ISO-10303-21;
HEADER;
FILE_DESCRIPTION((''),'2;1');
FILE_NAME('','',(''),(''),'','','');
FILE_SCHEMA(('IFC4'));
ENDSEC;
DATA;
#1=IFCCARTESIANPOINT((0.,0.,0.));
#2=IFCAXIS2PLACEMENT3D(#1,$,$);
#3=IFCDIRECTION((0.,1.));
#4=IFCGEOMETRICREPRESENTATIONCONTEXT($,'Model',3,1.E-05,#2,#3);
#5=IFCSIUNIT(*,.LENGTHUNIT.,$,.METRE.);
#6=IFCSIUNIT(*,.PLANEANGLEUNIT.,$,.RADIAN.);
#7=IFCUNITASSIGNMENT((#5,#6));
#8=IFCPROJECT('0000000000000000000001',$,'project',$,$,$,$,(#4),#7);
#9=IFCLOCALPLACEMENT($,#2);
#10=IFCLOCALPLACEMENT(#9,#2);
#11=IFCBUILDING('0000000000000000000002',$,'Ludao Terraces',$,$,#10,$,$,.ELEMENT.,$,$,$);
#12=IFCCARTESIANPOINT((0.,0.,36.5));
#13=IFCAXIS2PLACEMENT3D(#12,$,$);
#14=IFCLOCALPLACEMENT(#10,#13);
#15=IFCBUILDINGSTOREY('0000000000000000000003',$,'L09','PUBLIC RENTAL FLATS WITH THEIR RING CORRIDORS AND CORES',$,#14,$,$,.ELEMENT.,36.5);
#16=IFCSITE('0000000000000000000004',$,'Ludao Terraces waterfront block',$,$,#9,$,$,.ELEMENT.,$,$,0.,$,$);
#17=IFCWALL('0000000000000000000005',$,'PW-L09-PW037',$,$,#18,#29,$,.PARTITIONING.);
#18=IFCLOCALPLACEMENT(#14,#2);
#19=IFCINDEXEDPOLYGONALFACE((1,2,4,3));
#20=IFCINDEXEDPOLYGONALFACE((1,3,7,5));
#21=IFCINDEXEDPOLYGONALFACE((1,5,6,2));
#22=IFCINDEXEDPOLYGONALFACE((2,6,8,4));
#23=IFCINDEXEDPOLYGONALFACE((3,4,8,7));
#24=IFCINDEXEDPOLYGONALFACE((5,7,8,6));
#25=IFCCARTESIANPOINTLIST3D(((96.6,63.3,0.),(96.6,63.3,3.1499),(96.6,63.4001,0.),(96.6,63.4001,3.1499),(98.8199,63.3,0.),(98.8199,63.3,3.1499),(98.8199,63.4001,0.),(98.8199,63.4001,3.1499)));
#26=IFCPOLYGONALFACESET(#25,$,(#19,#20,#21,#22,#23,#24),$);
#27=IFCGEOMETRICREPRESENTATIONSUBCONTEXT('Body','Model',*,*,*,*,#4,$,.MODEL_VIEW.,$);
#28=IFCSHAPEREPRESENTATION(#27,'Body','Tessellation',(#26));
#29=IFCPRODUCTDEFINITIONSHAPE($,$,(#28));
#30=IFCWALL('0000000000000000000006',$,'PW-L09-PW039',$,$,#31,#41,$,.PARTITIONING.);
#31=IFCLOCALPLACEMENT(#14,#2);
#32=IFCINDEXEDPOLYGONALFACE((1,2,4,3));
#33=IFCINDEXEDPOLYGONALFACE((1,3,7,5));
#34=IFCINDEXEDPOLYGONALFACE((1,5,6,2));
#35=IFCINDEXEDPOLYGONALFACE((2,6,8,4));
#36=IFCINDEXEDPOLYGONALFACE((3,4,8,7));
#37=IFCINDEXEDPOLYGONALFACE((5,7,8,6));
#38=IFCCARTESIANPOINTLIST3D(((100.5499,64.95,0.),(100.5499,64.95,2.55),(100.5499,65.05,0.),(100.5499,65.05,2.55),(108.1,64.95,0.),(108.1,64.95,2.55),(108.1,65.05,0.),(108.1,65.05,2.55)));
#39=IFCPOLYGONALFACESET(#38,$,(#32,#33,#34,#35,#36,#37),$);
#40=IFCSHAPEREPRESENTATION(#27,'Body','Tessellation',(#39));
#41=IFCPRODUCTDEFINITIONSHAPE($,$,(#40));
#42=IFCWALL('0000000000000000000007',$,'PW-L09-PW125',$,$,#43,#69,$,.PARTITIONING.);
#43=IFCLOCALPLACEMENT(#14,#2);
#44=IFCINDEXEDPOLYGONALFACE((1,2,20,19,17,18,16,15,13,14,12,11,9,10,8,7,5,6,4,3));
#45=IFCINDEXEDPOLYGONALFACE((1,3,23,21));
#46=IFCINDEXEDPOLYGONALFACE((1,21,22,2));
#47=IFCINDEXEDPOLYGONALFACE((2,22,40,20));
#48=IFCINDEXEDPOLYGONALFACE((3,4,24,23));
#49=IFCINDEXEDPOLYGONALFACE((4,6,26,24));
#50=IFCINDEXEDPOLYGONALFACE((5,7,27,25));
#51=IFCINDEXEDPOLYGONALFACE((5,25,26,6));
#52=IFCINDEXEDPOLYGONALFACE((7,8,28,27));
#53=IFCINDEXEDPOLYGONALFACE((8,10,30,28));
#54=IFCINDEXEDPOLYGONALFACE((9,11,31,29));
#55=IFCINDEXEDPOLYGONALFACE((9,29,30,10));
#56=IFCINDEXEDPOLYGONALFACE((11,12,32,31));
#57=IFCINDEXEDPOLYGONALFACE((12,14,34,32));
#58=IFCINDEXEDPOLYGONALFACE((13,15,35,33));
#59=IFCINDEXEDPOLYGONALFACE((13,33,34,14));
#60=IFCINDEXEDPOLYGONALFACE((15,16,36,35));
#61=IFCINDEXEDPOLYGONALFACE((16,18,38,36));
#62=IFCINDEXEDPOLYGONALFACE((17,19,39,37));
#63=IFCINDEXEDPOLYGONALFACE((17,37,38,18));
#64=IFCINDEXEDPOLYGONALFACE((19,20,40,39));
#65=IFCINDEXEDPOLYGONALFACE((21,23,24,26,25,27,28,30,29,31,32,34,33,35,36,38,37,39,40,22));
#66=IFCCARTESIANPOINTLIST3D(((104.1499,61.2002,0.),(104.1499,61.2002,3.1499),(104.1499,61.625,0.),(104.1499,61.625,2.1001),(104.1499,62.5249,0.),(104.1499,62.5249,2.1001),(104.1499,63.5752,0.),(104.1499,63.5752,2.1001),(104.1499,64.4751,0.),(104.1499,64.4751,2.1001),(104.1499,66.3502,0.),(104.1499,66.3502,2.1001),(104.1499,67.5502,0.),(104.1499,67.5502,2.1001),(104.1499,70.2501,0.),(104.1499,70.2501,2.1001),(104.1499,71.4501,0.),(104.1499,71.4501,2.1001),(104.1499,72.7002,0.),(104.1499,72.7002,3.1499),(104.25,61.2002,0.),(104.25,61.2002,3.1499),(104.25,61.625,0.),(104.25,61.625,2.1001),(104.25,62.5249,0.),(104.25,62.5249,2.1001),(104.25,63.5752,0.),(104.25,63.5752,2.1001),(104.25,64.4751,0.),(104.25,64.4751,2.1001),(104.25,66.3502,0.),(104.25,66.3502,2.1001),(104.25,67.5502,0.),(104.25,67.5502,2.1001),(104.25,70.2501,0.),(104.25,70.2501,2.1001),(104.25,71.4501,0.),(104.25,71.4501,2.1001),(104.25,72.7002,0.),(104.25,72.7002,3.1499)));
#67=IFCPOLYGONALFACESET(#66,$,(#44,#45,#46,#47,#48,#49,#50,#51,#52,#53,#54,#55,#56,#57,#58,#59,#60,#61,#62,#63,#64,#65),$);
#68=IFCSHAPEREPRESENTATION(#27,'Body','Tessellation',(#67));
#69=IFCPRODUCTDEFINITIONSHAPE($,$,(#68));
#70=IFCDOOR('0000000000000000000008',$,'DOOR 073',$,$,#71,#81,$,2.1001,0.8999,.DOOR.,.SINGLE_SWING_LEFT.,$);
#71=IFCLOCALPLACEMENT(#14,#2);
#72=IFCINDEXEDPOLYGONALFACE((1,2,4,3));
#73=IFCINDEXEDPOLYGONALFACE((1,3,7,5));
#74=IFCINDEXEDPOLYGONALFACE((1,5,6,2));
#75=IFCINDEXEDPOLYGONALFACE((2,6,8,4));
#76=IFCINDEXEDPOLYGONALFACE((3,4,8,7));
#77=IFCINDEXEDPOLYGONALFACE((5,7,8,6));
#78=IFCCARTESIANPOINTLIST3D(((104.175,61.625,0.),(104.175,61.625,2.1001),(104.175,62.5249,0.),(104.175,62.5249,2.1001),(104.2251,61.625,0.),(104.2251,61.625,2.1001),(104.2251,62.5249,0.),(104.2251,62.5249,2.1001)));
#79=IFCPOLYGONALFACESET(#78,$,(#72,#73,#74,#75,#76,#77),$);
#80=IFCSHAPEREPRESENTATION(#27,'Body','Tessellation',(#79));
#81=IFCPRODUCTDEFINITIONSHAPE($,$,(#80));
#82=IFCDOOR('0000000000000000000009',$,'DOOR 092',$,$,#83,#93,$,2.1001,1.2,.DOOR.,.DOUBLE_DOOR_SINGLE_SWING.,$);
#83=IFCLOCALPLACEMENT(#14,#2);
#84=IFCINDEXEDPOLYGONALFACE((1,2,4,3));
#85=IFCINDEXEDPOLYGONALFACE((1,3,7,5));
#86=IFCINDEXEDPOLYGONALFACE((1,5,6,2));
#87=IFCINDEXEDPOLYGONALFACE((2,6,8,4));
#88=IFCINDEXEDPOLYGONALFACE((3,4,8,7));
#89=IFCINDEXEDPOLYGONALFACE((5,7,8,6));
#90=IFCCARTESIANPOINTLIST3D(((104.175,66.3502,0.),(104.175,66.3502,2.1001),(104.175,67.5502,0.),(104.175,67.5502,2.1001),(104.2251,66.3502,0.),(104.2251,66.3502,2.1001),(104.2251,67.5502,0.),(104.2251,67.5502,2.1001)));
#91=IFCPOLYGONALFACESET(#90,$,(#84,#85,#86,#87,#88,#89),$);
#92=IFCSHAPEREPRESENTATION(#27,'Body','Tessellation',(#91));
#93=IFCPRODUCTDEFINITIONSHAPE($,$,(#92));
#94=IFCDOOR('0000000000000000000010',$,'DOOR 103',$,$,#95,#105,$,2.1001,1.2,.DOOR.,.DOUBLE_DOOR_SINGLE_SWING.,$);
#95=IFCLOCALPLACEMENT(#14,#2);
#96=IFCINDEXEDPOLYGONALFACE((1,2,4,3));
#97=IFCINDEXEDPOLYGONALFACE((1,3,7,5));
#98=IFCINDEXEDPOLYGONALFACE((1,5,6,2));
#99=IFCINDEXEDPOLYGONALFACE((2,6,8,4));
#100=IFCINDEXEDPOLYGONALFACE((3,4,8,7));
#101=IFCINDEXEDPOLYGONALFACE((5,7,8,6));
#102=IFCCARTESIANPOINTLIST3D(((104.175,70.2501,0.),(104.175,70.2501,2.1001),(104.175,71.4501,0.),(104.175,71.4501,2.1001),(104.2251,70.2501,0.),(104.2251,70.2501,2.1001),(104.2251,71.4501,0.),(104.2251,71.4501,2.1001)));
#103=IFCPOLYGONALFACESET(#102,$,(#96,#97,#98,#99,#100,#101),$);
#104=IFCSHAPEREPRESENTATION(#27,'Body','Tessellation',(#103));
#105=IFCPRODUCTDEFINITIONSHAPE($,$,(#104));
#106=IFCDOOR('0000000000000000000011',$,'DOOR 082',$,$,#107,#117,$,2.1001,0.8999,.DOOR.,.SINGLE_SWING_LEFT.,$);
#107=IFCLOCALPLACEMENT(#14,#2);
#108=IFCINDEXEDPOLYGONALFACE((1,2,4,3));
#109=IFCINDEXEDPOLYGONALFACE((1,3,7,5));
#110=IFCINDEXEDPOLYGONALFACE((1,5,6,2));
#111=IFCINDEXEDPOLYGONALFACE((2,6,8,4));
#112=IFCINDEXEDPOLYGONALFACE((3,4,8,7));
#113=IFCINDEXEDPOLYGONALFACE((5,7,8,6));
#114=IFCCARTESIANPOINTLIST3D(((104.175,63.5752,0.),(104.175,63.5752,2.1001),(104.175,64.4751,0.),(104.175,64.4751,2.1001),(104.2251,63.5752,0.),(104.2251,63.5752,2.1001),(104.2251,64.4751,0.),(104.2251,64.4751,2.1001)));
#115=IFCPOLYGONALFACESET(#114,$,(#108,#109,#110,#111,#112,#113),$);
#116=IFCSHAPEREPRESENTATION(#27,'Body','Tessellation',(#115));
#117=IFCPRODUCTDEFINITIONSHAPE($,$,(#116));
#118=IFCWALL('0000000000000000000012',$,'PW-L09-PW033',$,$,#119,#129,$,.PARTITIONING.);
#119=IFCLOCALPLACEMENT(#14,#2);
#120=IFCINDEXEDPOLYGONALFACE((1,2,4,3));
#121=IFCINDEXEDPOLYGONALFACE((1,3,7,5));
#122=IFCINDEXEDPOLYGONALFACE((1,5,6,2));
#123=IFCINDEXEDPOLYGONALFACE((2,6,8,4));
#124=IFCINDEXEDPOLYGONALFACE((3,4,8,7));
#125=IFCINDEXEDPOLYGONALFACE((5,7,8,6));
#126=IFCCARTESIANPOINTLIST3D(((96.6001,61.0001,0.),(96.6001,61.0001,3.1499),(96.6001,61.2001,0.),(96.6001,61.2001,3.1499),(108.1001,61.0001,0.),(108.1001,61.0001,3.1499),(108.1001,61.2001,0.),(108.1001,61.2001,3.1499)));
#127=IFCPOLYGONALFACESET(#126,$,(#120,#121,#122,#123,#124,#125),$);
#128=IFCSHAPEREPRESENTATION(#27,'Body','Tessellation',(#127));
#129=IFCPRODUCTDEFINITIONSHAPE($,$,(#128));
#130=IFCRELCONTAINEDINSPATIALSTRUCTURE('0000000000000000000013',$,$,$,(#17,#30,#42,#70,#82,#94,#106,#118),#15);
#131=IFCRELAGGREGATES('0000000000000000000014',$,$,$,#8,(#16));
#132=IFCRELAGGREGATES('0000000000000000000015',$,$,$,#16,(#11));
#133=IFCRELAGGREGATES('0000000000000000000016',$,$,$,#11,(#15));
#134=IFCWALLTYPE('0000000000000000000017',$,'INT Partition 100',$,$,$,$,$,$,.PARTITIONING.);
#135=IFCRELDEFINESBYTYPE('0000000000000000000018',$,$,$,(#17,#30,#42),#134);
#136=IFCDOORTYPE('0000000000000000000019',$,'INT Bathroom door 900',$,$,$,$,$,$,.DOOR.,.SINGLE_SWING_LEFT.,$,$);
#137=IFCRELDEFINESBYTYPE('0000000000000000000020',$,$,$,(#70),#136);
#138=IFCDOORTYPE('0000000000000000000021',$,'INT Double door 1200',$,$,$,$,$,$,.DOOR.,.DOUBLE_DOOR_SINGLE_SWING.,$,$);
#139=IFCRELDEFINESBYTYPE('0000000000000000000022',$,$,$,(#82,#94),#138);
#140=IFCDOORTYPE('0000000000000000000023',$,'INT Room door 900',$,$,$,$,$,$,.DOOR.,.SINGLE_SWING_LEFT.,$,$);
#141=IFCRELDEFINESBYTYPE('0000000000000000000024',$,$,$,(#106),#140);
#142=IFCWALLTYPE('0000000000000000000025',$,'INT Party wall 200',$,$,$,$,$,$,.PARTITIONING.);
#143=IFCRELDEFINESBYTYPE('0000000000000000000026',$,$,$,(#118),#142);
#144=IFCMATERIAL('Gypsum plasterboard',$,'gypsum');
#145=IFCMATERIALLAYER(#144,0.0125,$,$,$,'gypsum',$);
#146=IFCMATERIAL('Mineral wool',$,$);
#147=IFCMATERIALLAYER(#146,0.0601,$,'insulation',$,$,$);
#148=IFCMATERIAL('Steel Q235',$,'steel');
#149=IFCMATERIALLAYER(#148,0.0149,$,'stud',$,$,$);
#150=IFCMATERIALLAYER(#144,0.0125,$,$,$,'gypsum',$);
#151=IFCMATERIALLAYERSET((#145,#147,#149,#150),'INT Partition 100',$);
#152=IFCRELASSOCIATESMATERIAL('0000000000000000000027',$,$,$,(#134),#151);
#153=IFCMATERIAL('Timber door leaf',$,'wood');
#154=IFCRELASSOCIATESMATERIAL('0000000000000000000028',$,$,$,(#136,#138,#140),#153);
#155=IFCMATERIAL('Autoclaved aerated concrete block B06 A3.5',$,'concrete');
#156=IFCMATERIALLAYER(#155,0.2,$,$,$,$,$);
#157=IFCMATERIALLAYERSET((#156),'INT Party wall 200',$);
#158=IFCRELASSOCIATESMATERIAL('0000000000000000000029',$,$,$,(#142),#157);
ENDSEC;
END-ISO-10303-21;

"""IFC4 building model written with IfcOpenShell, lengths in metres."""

from ifc_helpers import new_model, si_unit, direction, frame, frame_2d, origin, place, context, subcontext, project, spatial, rectangle, extrude, material, layer, layer_set, type_object, element, fill, save


model = new_model("IFC4")

# Units and contexts
model_context = context("Model", 3, precision=1e-05, world=origin(), true_north=direction((0.0, 1.0)))
body_context = subcontext(model_context, "Body", "Model", "MODEL_VIEW")
ifc_project = project(units=[si_unit("LENGTHUNIT", "METRE"), si_unit("PLANEANGLEUNIT", "RADIAN")], contexts=[model_context])

# Site, building, storey
site_placement = place(None, origin())
site = spatial("IfcSite", under=ifc_project, at=site_placement, Name="Ludao Terraces waterfront block", CompositionType="ELEMENT", RefElevation=0.0)
building_placement = place(site_placement, origin())
building = spatial("IfcBuilding", under=site, at=building_placement, Name="Ludao Terraces", CompositionType="ELEMENT")
storey_placement = place(building_placement, frame((0.0, 0.0, 36.5)))
storey = spatial("IfcBuildingStorey", under=building, at=storey_placement, Name="L09", Description="PUBLIC RENTAL FLATS WITH THEIR RING CORRIDORS AND CORES", CompositionType="ELEMENT", Elevation=36.5)

# Shared definitions
ifc_material_1 = material(Name="Mineral wool")

# Walls
ifc_material_2 = material(Name="Gypsum plasterboard", Category="gypsum")
ifc_layer_1 = layer(ifc_material_2, 0.0125, Category="gypsum")
ifc_layer_2 = layer(ifc_material_1, 0.0601, Name="insulation")
ifc_material_3 = material(Name="Steel Q235", Category="steel")
ifc_layer_3 = layer(ifc_material_3, 0.0149, Name="stud")
ifc_layer_4 = layer(ifc_material_2, 0.0125, Category="gypsum")
ifc_layer_set_1 = layer_set([ifc_layer_1, ifc_layer_2, ifc_layer_3, ifc_layer_4], Name="INT Partition 100")
wall_type_1 = type_object("IfcWallType", Name="INT Partition 100", PredefinedType="PARTITIONING", material=ifc_layer_set_1)
wall_1_placement = place(storey_placement, frame((96.6001, 63.3501, 0.0), z_axis=(0.0, 0.0, 1.0), x_axis=(1.0, 0.0, 0.0)))
element("IfcWall", 1, at=wall_1_placement, inside=storey, type_object=wall_type_1, Name="PW-L09-PW037", PredefinedType="PARTITIONING", context=body_context, shape_type="SweptSolid", body=[
    extrude(rectangle(XDim=2.22, YDim=0.1001, at=frame_2d((1.1099, 0.0))), origin(), (0.0, 0.0, 1.0), 3.1499),
])
wall_2_placement = place(storey_placement, frame((100.55, 65.0, 0.0), z_axis=(0.0, 0.0, 1.0), x_axis=(1.0, 0.0, 0.0)))
element("IfcWall", 2, at=wall_2_placement, inside=storey, type_object=wall_type_1, Name="PW-L09-PW039", PredefinedType="PARTITIONING", context=body_context, shape_type="SweptSolid", body=[
    extrude(rectangle(XDim=7.55, YDim=0.1001, at=frame_2d((3.7749, 0.0))), origin(), (0.0, 0.0, 1.0), 2.55),
])

# Wall, openings, doors
wall_3_placement = place(storey_placement, frame((104.2, 61.2002, 0.0), z_axis=(0.0, 0.0, 1.0), x_axis=(0.0, 1.0, 0.0)))
wall_3 = element("IfcWall", 3, at=wall_3_placement, inside=storey, type_object=wall_type_1, Name="PW-L09-PW125", PredefinedType="PARTITIONING", context=body_context, shape_type="SweptSolid", body=[
    extrude(rectangle(XDim=11.5, YDim=0.1001, at=frame_2d((5.75, 0.0))), origin(), (0.0, 0.0, 1.0), 3.1499),
])
opening_1_placement = place(wall_3_placement, frame((0.4248, 0.0, 0.0)))
opening_1 = element("IfcOpeningElement", 4, at=opening_1_placement, cuts=wall_3, PredefinedType="OPENING", context=body_context, shape_type="SweptSolid", body=[
    extrude(rectangle(XDim=0.8999, YDim=2.1001, at=frame_2d((0.45, 1.05))), frame((0.0, 0.0601, 0.0), z_axis=(0.0, -1.0, 0.0), x_axis=(1.0, 0.0, 0.0)), (0.0, 0.0, 1.0), 0.1201),
])
opening_2_placement = place(wall_3_placement, frame((2.375, 0.0, 0.0)))
opening_2 = element("IfcOpeningElement", 5, at=opening_2_placement, cuts=wall_3, PredefinedType="OPENING", context=body_context, shape_type="SweptSolid", body=[
    extrude(rectangle(XDim=0.8999, YDim=2.1001, at=frame_2d((0.45, 1.05))), frame((0.0, 0.0601, 0.0), z_axis=(0.0, -1.0, 0.0), x_axis=(1.0, 0.0, 0.0)), (0.0, 0.0, 1.0), 0.1201),
])
opening_3_placement = place(wall_3_placement, frame((5.1499, 0.0, 0.0)))
opening_3 = element("IfcOpeningElement", 6, at=opening_3_placement, cuts=wall_3, PredefinedType="OPENING", context=body_context, shape_type="SweptSolid", body=[
    extrude(rectangle(XDim=1.2, YDim=2.1001, at=frame_2d((0.6001, 1.05))), frame((0.0, 0.0601, 0.0), z_axis=(0.0, -1.0, 0.0), x_axis=(1.0, 0.0, 0.0)), (0.0, 0.0, 1.0), 0.1201),
])
opening_4_placement = place(wall_3_placement, frame((9.0498, 0.0, 0.0)))
opening_4 = element("IfcOpeningElement", 7, at=opening_4_placement, cuts=wall_3, PredefinedType="OPENING", context=body_context, shape_type="SweptSolid", body=[
    extrude(rectangle(XDim=1.2, YDim=2.1001, at=frame_2d((0.6001, 1.05))), frame((0.0, 0.0601, 0.0), z_axis=(0.0, -1.0, 0.0), x_axis=(1.0, 0.0, 0.0)), (0.0, 0.0, 1.0), 0.1201),
])
ifc_material_4 = material(Name="Timber door leaf", Category="wood")
door_type_1 = type_object("IfcDoorType", Name="INT Bathroom door 900", OperationType="SINGLE_SWING_LEFT", PredefinedType="DOOR", material=ifc_material_4)
door_1_placement = place(opening_1_placement, origin())
door_1 = element("IfcDoor", 8, at=door_1_placement, inside=storey, type_object=door_type_1, Name="DOOR 073", OperationType="SINGLE_SWING_LEFT", OverallHeight=2.1001, OverallWidth=0.8999, PredefinedType="DOOR", context=body_context, shape_type="SweptSolid", body=[
    extrude(rectangle(XDim=0.8999, YDim=2.1001, at=frame_2d((0.45, 1.05))), frame((0.0, 0.0249, 0.0), z_axis=(0.0, -1.0, 0.0), x_axis=(1.0, 0.0, 0.0)), (0.0, 0.0, 1.0), 0.05),
])
fill(opening_1, door_1)
door_type_2 = type_object("IfcDoorType", Name="INT Double door 1200", OperationType="DOUBLE_DOOR_SINGLE_SWING", PredefinedType="DOOR", material=ifc_material_4)
door_2_placement = place(opening_3_placement, origin())
door_2 = element("IfcDoor", 9, at=door_2_placement, inside=storey, type_object=door_type_2, Name="DOOR 092", OperationType="DOUBLE_DOOR_SINGLE_SWING", OverallHeight=2.1001, OverallWidth=1.2, PredefinedType="DOOR", context=body_context, shape_type="SweptSolid", body=[
    extrude(rectangle(XDim=1.2, YDim=2.1001, at=frame_2d((0.6001, 1.05))), frame((0.0, 0.0249, 0.0), z_axis=(0.0, -1.0, 0.0), x_axis=(1.0, 0.0, 0.0)), (0.0, 0.0, 1.0), 0.05),
])
fill(opening_3, door_2)
door_3_placement = place(opening_4_placement, origin())
door_3 = element("IfcDoor", 10, at=door_3_placement, inside=storey, type_object=door_type_2, Name="DOOR 103", OperationType="DOUBLE_DOOR_SINGLE_SWING", OverallHeight=2.1001, OverallWidth=1.2, PredefinedType="DOOR", context=body_context, shape_type="SweptSolid", body=[
    extrude(rectangle(XDim=1.2, YDim=2.1001, at=frame_2d((0.6001, 1.05))), frame((0.0, 0.0249, 0.0), z_axis=(0.0, -1.0, 0.0), x_axis=(1.0, 0.0, 0.0)), (0.0, 0.0, 1.0), 0.05),
])
fill(opening_4, door_3)
door_type_3 = type_object("IfcDoorType", Name="INT Room door 900", OperationType="SINGLE_SWING_LEFT", PredefinedType="DOOR", material=ifc_material_4)
door_4_placement = place(opening_2_placement, origin())
door_4 = element("IfcDoor", 11, at=door_4_placement, inside=storey, type_object=door_type_3, Name="DOOR 082", OperationType="SINGLE_SWING_LEFT", OverallHeight=2.1001, OverallWidth=0.8999, PredefinedType="DOOR", context=body_context, shape_type="SweptSolid", body=[
    extrude(rectangle(XDim=0.8999, YDim=2.1001, at=frame_2d((0.45, 1.05))), frame((0.0, 0.0249, 0.0), z_axis=(0.0, -1.0, 0.0), x_axis=(1.0, 0.0, 0.0)), (0.0, 0.0, 1.0), 0.05),
])
fill(opening_2, door_4)

# Wall
ifc_material_5 = material(Name="Autoclaved aerated concrete block B06 A3.5", Category="concrete")
ifc_layer_5 = layer(ifc_material_5, 0.2)
ifc_layer_set_2 = layer_set([ifc_layer_5], Name="INT Party wall 200")
wall_type_2 = type_object("IfcWallType", Name="INT Party wall 200", PredefinedType="PARTITIONING", material=ifc_layer_set_2)
wall_4_placement = place(storey_placement, frame((96.6001, 61.1001, 0.0), z_axis=(0.0, 0.0, 1.0), x_axis=(1.0, 0.0, 0.0)))
element("IfcWall", 12, at=wall_4_placement, inside=storey, type_object=wall_type_2, Name="PW-L09-PW033", PredefinedType="PARTITIONING", context=body_context, shape_type="SweptSolid", body=[
    extrude(rectangle(XDim=11.5, YDim=0.2, at=frame_2d((5.75, 0.0))), origin(), (0.0, 0.0, 1.0), 3.1499),
])

save(model, "model.ifc")
